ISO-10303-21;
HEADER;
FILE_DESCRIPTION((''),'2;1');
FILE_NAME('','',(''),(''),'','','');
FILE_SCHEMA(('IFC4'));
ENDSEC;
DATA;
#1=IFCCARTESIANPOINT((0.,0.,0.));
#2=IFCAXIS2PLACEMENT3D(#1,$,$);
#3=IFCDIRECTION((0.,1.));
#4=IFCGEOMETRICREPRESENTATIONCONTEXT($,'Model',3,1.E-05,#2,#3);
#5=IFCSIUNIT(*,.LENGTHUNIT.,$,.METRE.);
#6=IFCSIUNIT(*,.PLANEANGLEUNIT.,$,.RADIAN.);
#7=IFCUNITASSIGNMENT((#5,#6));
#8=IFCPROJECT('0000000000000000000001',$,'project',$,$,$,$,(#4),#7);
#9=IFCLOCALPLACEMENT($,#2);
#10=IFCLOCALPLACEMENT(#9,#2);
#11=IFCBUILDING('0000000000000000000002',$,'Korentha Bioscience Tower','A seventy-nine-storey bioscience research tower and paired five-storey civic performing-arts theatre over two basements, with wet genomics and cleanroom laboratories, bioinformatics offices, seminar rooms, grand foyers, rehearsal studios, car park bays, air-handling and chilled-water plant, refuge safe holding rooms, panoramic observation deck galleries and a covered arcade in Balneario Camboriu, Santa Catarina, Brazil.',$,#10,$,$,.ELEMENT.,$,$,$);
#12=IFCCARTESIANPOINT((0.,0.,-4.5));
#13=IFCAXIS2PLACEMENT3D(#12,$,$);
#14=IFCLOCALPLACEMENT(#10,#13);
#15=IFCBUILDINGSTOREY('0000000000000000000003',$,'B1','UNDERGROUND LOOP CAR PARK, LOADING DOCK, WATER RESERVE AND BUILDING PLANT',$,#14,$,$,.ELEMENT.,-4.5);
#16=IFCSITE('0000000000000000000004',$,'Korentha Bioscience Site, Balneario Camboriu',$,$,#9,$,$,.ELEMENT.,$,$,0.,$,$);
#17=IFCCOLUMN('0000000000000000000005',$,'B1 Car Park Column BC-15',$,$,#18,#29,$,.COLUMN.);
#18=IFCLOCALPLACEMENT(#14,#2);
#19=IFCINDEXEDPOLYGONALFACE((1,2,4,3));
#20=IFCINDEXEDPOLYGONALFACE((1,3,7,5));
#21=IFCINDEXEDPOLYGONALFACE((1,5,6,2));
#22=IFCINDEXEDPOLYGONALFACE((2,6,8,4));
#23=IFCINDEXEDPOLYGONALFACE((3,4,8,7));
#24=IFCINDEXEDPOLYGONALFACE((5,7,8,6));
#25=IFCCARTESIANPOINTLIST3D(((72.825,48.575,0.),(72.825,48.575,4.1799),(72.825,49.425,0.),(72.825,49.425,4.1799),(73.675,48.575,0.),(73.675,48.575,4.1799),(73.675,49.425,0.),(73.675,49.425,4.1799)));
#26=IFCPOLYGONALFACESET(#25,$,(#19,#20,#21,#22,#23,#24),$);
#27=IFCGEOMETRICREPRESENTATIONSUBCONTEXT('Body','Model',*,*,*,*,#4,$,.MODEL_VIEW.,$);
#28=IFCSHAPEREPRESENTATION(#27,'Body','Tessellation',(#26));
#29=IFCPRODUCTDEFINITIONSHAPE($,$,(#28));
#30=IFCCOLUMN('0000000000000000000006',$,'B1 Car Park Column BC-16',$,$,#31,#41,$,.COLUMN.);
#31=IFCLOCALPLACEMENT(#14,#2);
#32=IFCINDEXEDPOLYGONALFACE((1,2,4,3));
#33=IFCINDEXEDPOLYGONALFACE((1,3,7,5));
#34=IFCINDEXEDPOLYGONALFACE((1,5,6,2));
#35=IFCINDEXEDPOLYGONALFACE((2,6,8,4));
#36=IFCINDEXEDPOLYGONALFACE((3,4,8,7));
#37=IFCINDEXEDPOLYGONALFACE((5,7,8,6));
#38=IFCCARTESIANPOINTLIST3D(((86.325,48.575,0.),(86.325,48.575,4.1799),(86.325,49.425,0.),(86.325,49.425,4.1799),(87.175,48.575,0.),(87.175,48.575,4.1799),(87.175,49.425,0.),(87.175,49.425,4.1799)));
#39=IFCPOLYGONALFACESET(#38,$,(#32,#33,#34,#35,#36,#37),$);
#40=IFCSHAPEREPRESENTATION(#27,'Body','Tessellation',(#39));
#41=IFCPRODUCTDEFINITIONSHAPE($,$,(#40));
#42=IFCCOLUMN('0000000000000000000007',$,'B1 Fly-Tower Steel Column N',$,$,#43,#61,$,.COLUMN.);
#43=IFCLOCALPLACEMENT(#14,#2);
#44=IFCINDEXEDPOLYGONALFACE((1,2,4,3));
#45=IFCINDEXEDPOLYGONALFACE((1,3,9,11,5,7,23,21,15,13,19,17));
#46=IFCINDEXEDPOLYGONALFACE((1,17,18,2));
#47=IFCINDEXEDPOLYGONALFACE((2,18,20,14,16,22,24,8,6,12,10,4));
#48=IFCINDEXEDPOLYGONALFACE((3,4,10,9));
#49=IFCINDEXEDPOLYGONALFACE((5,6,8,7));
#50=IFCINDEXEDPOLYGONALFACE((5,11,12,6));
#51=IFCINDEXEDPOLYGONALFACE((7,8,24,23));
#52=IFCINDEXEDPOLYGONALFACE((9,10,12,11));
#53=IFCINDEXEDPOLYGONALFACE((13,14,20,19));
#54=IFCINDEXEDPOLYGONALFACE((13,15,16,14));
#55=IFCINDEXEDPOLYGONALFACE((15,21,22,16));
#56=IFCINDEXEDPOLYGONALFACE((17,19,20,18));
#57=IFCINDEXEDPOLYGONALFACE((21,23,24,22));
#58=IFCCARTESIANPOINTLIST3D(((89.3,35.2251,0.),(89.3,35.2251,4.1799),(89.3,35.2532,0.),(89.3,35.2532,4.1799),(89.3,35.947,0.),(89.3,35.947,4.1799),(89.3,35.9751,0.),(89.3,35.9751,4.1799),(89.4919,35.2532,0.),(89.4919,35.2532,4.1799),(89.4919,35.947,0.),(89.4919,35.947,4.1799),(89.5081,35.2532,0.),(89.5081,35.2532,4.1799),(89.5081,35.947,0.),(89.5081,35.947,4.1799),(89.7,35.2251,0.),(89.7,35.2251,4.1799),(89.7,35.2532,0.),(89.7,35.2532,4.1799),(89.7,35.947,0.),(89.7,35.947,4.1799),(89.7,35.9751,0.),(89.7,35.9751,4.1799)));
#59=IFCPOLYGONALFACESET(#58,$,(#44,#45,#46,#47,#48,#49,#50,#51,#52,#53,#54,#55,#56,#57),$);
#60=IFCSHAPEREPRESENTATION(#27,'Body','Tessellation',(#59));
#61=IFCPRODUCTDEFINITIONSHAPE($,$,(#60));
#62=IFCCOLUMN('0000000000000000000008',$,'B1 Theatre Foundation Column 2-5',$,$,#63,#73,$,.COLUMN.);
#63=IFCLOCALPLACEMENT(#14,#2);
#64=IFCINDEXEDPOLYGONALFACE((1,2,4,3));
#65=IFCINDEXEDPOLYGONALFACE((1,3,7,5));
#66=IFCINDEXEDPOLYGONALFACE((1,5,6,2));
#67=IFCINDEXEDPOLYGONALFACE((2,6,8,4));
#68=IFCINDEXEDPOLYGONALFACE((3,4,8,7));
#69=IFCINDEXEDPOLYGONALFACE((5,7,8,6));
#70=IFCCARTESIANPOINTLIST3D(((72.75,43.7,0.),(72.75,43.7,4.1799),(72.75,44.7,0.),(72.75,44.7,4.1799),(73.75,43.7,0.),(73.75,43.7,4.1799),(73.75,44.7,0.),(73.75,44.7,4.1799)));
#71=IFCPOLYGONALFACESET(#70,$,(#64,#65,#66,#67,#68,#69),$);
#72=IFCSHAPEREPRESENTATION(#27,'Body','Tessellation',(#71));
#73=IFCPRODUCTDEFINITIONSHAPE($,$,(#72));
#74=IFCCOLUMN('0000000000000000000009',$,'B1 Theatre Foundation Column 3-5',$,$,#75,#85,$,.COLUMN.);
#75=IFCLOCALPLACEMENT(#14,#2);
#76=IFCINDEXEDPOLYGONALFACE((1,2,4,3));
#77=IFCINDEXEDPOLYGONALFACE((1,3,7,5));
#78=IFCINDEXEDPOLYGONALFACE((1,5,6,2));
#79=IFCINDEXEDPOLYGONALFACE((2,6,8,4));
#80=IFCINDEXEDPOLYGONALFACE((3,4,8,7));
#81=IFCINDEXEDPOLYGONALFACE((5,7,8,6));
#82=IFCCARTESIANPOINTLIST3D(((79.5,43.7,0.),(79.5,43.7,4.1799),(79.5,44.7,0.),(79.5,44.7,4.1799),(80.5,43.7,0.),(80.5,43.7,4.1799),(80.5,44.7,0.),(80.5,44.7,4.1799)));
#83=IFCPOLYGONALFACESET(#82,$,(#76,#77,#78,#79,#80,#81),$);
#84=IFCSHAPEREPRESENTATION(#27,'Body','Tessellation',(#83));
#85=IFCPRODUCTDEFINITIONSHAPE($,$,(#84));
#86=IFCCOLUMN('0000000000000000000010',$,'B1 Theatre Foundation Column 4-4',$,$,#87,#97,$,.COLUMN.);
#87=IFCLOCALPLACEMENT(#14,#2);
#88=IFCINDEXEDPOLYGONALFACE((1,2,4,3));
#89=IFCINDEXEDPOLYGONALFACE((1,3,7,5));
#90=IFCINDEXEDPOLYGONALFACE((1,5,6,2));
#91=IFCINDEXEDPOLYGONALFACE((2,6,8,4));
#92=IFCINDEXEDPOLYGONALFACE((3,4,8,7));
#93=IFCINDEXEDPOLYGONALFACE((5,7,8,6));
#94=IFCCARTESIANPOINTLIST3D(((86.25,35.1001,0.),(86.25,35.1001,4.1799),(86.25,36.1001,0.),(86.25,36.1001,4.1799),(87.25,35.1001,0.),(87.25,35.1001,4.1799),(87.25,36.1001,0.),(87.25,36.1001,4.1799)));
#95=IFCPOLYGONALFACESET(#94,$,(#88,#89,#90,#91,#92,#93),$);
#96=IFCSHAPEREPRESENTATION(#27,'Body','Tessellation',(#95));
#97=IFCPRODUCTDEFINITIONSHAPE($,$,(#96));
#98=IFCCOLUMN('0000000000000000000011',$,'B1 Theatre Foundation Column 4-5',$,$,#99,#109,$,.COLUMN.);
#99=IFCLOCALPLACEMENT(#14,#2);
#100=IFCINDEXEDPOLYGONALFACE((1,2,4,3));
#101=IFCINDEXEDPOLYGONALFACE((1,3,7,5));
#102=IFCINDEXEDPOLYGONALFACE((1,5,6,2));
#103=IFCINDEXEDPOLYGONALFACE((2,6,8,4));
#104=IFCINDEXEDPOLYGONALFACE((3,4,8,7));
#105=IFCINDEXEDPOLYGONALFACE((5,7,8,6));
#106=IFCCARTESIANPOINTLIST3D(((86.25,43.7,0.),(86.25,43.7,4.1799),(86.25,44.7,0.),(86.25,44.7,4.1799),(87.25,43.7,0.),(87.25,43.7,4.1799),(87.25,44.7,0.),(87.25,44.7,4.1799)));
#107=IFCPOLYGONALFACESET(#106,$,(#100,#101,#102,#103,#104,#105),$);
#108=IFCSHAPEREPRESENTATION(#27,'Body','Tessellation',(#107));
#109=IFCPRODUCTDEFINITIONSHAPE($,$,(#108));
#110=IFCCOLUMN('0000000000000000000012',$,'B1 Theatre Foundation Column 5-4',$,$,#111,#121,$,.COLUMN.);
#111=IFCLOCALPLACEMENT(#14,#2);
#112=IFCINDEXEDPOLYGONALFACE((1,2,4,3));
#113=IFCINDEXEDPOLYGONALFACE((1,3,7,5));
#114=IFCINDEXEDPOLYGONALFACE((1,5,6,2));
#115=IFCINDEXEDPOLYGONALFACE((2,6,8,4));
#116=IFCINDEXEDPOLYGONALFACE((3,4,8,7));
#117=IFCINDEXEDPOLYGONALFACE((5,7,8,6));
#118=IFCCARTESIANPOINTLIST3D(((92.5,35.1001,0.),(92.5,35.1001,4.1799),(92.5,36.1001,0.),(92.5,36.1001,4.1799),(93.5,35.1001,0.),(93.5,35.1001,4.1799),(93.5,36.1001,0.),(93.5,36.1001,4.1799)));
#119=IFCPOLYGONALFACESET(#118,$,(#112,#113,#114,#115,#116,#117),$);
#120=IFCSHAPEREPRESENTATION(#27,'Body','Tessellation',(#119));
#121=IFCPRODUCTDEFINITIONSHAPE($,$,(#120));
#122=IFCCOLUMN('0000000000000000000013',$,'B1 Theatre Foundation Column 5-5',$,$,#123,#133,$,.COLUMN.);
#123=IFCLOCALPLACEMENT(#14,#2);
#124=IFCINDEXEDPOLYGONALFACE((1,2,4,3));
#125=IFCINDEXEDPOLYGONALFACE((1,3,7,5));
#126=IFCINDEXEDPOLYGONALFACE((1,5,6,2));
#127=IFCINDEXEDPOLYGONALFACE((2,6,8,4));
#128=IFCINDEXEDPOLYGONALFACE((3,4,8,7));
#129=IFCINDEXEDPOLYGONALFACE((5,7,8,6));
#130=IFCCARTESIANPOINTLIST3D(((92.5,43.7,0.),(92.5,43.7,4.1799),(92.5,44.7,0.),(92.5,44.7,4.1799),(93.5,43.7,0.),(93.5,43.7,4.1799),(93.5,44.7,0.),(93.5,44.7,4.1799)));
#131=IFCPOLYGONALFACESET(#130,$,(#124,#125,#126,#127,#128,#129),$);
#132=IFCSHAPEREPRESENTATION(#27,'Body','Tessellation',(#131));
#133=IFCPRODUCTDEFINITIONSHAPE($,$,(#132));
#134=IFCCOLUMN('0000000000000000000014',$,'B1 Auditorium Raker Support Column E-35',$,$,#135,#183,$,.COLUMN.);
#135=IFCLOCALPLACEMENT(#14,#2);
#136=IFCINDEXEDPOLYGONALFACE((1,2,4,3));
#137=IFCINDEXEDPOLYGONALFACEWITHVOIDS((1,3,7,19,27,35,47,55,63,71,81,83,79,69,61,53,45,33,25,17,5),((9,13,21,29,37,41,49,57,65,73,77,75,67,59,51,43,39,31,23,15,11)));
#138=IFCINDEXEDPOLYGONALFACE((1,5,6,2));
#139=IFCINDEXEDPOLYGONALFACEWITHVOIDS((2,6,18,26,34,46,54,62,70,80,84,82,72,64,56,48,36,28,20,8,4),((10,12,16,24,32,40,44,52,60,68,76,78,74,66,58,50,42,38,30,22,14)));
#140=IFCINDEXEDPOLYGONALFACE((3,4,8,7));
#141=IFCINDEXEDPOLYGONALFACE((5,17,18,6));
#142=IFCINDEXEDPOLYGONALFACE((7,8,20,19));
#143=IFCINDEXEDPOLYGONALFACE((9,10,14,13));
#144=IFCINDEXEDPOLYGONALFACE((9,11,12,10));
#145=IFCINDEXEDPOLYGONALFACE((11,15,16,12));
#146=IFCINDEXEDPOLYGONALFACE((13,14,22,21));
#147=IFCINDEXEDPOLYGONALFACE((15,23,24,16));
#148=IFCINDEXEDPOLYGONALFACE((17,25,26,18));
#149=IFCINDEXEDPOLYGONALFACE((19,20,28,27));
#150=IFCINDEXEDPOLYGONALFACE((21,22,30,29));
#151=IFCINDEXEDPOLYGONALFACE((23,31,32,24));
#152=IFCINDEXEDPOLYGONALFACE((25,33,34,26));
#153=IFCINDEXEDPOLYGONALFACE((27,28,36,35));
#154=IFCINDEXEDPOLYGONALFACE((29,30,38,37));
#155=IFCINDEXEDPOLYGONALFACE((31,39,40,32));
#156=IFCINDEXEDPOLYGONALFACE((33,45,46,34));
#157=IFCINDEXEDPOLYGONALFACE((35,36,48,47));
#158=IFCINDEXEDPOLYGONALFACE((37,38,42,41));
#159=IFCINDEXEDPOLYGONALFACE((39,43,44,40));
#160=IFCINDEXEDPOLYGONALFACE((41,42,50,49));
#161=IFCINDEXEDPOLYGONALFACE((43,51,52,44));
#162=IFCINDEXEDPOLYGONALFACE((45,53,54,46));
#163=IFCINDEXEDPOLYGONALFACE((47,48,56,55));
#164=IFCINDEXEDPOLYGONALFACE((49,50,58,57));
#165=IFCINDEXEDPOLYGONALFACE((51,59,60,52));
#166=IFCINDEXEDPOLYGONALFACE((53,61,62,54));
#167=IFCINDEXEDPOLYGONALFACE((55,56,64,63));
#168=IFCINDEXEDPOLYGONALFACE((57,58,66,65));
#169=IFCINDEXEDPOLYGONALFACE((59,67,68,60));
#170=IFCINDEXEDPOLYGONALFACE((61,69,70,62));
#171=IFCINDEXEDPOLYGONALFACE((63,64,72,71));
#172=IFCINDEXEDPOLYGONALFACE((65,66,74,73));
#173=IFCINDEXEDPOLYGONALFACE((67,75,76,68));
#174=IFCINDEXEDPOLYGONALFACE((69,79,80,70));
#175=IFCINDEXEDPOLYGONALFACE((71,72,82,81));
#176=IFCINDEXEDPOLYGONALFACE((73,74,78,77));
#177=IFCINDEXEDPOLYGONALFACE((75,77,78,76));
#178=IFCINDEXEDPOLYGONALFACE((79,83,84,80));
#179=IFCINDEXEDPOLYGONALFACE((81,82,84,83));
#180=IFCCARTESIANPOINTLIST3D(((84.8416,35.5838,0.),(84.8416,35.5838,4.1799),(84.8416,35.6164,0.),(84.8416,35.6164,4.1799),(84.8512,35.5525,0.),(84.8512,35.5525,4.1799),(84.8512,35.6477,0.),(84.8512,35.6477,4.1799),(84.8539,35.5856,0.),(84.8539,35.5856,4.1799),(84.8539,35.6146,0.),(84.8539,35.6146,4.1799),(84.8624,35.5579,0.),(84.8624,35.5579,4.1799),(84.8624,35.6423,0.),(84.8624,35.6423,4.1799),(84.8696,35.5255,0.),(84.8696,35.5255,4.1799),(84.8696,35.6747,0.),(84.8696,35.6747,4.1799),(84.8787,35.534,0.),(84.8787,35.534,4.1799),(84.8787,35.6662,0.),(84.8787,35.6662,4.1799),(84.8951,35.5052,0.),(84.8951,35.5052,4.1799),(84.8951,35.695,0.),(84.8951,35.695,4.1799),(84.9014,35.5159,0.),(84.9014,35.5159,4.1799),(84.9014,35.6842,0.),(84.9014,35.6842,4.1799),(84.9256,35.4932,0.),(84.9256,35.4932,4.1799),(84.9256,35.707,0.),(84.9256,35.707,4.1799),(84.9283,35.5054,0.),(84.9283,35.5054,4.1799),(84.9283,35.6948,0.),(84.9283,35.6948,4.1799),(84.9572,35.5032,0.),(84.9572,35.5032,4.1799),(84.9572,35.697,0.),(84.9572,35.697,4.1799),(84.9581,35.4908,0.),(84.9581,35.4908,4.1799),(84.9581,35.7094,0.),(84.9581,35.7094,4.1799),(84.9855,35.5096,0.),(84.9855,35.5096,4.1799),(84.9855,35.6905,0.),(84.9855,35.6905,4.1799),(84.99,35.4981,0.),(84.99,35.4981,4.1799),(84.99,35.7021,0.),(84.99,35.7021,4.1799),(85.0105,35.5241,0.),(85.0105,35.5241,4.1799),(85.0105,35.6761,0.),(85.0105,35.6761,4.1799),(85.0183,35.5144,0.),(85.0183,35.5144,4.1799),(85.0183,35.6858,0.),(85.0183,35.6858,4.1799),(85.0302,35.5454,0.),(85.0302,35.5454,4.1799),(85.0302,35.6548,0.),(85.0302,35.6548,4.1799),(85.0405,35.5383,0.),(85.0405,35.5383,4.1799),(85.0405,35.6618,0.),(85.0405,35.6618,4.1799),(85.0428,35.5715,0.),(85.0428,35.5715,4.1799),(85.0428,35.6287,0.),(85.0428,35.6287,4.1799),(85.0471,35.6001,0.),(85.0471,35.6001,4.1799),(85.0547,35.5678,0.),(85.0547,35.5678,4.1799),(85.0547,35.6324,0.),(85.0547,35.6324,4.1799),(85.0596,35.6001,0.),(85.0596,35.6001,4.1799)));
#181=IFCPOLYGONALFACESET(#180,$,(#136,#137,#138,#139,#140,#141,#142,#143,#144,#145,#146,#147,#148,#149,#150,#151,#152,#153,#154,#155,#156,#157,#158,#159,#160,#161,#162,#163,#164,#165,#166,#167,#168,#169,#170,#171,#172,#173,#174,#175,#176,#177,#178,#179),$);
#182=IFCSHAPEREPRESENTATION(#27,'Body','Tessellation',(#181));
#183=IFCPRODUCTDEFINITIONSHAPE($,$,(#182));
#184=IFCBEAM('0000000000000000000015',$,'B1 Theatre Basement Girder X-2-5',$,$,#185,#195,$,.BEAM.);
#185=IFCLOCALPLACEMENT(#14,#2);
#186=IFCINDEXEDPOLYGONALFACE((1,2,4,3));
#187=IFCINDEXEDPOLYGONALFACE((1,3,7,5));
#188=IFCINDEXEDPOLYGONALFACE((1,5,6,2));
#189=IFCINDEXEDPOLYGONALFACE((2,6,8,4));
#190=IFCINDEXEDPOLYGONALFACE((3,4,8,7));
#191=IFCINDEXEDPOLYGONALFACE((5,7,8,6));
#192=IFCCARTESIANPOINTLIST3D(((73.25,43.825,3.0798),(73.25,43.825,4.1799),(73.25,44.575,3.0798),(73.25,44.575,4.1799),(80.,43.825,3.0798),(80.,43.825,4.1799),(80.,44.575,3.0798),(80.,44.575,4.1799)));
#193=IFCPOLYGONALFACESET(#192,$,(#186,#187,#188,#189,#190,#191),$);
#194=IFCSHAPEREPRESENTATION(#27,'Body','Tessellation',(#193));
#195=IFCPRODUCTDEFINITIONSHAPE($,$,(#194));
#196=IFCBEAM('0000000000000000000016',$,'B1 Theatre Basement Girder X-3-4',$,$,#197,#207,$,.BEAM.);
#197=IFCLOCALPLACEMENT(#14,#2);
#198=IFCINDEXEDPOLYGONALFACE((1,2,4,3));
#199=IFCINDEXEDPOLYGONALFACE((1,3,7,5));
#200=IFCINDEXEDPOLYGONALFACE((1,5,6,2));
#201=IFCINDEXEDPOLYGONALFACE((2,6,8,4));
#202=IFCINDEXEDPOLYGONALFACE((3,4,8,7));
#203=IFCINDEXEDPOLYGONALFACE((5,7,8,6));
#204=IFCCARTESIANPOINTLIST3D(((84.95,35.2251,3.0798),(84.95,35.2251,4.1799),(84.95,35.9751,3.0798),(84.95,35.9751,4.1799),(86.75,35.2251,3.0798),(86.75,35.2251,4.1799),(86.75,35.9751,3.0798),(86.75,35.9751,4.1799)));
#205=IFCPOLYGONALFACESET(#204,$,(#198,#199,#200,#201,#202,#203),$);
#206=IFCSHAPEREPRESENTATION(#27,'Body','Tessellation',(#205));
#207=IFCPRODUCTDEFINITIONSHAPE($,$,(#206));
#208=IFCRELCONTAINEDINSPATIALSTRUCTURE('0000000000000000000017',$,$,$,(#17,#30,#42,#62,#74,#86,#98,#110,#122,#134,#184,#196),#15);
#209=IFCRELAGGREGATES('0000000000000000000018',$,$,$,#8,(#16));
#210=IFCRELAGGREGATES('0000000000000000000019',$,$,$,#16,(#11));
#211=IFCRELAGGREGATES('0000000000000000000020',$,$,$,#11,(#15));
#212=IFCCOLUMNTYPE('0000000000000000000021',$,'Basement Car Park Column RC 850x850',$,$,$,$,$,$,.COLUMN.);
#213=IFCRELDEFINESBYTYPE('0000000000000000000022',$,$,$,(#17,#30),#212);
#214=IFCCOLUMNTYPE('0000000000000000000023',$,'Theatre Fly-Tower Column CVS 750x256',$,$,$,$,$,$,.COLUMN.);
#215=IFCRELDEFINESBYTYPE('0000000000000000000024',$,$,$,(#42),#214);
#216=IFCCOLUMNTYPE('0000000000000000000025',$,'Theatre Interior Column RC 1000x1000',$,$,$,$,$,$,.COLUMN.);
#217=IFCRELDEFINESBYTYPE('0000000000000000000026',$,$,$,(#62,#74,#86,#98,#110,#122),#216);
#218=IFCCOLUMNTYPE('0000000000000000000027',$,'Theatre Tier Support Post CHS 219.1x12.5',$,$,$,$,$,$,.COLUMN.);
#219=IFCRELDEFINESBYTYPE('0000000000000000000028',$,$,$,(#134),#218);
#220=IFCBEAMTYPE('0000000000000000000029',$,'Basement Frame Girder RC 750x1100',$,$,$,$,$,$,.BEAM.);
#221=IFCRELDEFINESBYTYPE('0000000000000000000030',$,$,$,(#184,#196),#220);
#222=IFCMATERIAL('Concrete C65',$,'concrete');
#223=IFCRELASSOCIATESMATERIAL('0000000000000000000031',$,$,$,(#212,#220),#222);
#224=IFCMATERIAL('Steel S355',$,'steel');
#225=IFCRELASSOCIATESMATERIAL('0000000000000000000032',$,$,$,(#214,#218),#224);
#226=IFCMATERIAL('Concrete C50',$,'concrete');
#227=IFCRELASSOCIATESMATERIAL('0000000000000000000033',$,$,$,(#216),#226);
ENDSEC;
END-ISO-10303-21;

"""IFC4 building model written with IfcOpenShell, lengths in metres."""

from ifc_helpers import new_model, si_unit, direction, frame, origin, origin_2d, place, context, subcontext, project, spatial, rectangle, hollow_circle, i_section, extrude, material, material_profile, profile_set, type_object, element, save


model = new_model("IFC4")

# Units and contexts
model_context = context("Model", 3, precision=1e-05, world=origin(), true_north=direction((0.0, 1.0)))
body_context = subcontext(model_context, "Body", "Model", "MODEL_VIEW")
ifc_project = project(units=[si_unit("LENGTHUNIT", "METRE"), si_unit("PLANEANGLEUNIT", "RADIAN")], contexts=[model_context])

# Site, building, storey
site_placement = place(None, origin())
site = spatial("IfcSite", under=ifc_project, at=site_placement, Name="Korentha Bioscience Site, Balneario Camboriu", CompositionType="ELEMENT", RefElevation=0.0)
building_placement = place(site_placement, origin())
building = spatial("IfcBuilding", under=site, at=building_placement, Name="Korentha Bioscience Tower", Description="A seventy-nine-storey bioscience research tower and paired five-storey civic performing-arts theatre over two basements, with wet genomics and cleanroom laboratories, bioinformatics offices, seminar rooms, grand foyers, rehearsal studios, car park bays, air-handling and chilled-water plant, refuge safe holding rooms, panoramic observation deck galleries and a covered arcade in Balneario Camboriu, Santa Catarina, Brazil.", CompositionType="ELEMENT")
storey_placement = place(building_placement, frame((0.0, 0.0, -4.5)))
storey = spatial("IfcBuildingStorey", under=building, at=storey_placement, Name="B1", Description="UNDERGROUND LOOP CAR PARK, LOADING DOCK, WATER RESERVE AND BUILDING PLANT", CompositionType="ELEMENT", Elevation=-4.5)

# Columns
ifc_material_1 = material(Name="Concrete C65", Category="concrete")
ifc_material_profile_1 = material_profile(ifc_material_1, rectangle(XDim=0.8501, YDim=0.8501, at=origin_2d()), Name="Concrete C65")
ifc_profile_set_1 = profile_set([ifc_material_profile_1], Name="Concrete C65 (BC-01)")
column_type_1 = type_object("IfcColumnType", Name="Basement Car Park Column RC 850x850", PredefinedType="COLUMN", material=ifc_profile_set_1)
for number, where, z_axis, x_axis, name in (
    (1, (73.25, 49.0, 0.0), (0.0, 0.0, 1.0), (1.0, 0.0, 0.0), "B1 Car Park Column BC-15"),
    (2, (86.75, 49.0, 0.0), (0.0, 0.0, 1.0), (1.0, 0.0, 0.0), "B1 Car Park Column BC-16"),
):
    element("IfcColumn", number, at=place(storey_placement, frame(where, z_axis=z_axis, x_axis=x_axis)), inside=storey, type_object=column_type_1, Name=name, PredefinedType="COLUMN", context=body_context, shape_type="SweptSolid", body=[
        extrude(rectangle(XDim=0.8501, YDim=0.8501, at=origin_2d()), origin(), (0.0, 0.0, 1.0), 4.1799),
    ])
ifc_material_2 = material(Name="Steel S355", Category="steel")
ifc_material_profile_2 = material_profile(ifc_material_2, i_section(OverallWidth=0.3999, OverallDepth=0.75, WebThickness=0.0161, FlangeThickness=0.0281, at=origin_2d()), Name="Steel S355")
ifc_profile_set_2 = profile_set([ifc_material_profile_2], Name="Steel S355 (TC-02)")
column_type_2 = type_object("IfcColumnType", Name="Theatre Fly-Tower Column CVS 750x256", PredefinedType="COLUMN", material=ifc_profile_set_2)
column_1_placement = place(storey_placement, frame((89.5, 35.6001, 0.0), z_axis=(0.0, 0.0, 1.0), x_axis=(1.0, 0.0, 0.0)))
element("IfcColumn", 3, at=column_1_placement, inside=storey, type_object=column_type_2, Name="B1 Fly-Tower Steel Column N", PredefinedType="COLUMN", context=body_context, shape_type="SweptSolid", body=[
    extrude(i_section(OverallWidth=0.3999, OverallDepth=0.75, WebThickness=0.0161, FlangeThickness=0.0281, at=origin_2d()), origin(), (0.0, 0.0, 1.0), 4.1799),
])
ifc_material_3 = material(Name="Concrete C50", Category="concrete")
ifc_material_profile_3 = material_profile(ifc_material_3, rectangle(XDim=1.0, YDim=1.0, at=origin_2d()), Name="Concrete C50")
ifc_profile_set_3 = profile_set([ifc_material_profile_3], Name="Concrete C50 (TC-I01)")
column_type_3 = type_object("IfcColumnType", Name="Theatre Interior Column RC 1000x1000", PredefinedType="COLUMN", material=ifc_profile_set_3)
for number, where, z_axis, x_axis, name in (
    (4, (73.25, 44.2, 0.0), (0.0, 0.0, 1.0), (1.0, 0.0, 0.0), "B1 Theatre Foundation Column 2-5"),
    (5, (80.0, 44.2, 0.0), (0.0, 0.0, 1.0), (1.0, 0.0, 0.0), "B1 Theatre Foundation Column 3-5"),
    (6, (86.75, 35.6001, 0.0), (0.0, 0.0, 1.0), (1.0, 0.0, 0.0), "B1 Theatre Foundation Column 4-4"),
    (7, (86.75, 44.2, 0.0), (0.0, 0.0, 1.0), (1.0, 0.0, 0.0), "B1 Theatre Foundation Column 4-5"),
    (8, (93.0, 35.6001, 0.0), (0.0, 0.0, 1.0), (1.0, 0.0, 0.0), "B1 Theatre Foundation Column 5-4"),
    (9, (93.0, 44.2, 0.0), (0.0, 0.0, 1.0), (1.0, 0.0, 0.0), "B1 Theatre Foundation Column 5-5"),
):
    element("IfcColumn", number, at=place(storey_placement, frame(where, z_axis=z_axis, x_axis=x_axis)), inside=storey, type_object=column_type_3, Name=name, PredefinedType="COLUMN", context=body_context, shape_type="SweptSolid", body=[
        extrude(rectangle(XDim=1.0, YDim=1.0, at=origin_2d()), origin(), (0.0, 0.0, 1.0), 4.1799),
    ])
ifc_material_profile_4 = material_profile(ifc_material_2, hollow_circle(Radius=0.1096, WallThickness=0.0125, at=origin_2d()), Name="Steel S355")
ifc_profile_set_4 = profile_set([ifc_material_profile_4], Name="Steel S355 (TC-P219)")
column_type_4 = type_object("IfcColumnType", Name="Theatre Tier Support Post CHS 219.1x12.5", PredefinedType="COLUMN", material=ifc_profile_set_4)
column_2_placement = place(storey_placement, frame((84.95, 35.6001, 0.0), z_axis=(0.0, 0.0, 1.0), x_axis=(1.0, 0.0, 0.0)))
element("IfcColumn", 10, at=column_2_placement, inside=storey, type_object=column_type_4, Name="B1 Auditorium Raker Support Column E-35", PredefinedType="COLUMN", context=body_context, shape_type="SweptSolid", body=[
    extrude(hollow_circle(Radius=0.1096, WallThickness=0.0125, at=origin_2d()), origin(), (0.0, 0.0, 1.0), 4.1799),
])

# Beams
ifc_material_profile_5 = material_profile(ifc_material_1, rectangle(XDim=0.75, YDim=1.1001, at=origin_2d()), Name="Concrete C65")
ifc_profile_set_5 = profile_set([ifc_material_profile_5], Name="Concrete C65 (BB-750)")
beam_type_1 = type_object("IfcBeamType", Name="Basement Frame Girder RC 750x1100", PredefinedType="BEAM", material=ifc_profile_set_5)
beam_1_placement = place(storey_placement, frame((73.25, 44.2, 3.6299), z_axis=(1.0, 0.0, 0.0), x_axis=(0.0, 1.0, 0.0)))
element("IfcBeam", 11, at=beam_1_placement, inside=storey, type_object=beam_type_1, Name="B1 Theatre Basement Girder X-2-5", PredefinedType="BEAM", context=body_context, shape_type="SweptSolid", body=[
    extrude(rectangle(XDim=0.75, YDim=1.1001, at=origin_2d()), origin(), (0.0, 0.0, 1.0), 6.75),
])
beam_2_placement = place(storey_placement, frame((84.95, 35.6001, 3.6299), z_axis=(1.0, 0.0, 0.0), x_axis=(0.0, 1.0, 0.0)))
element("IfcBeam", 12, at=beam_2_placement, inside=storey, type_object=beam_type_1, Name="B1 Theatre Basement Girder X-3-4", PredefinedType="BEAM", context=body_context, shape_type="SweptSolid", body=[
    extrude(rectangle(XDim=0.75, YDim=1.1001, at=origin_2d()), origin(), (0.0, 0.0, 1.0), 1.8),
])

save(model, "model.ifc")
